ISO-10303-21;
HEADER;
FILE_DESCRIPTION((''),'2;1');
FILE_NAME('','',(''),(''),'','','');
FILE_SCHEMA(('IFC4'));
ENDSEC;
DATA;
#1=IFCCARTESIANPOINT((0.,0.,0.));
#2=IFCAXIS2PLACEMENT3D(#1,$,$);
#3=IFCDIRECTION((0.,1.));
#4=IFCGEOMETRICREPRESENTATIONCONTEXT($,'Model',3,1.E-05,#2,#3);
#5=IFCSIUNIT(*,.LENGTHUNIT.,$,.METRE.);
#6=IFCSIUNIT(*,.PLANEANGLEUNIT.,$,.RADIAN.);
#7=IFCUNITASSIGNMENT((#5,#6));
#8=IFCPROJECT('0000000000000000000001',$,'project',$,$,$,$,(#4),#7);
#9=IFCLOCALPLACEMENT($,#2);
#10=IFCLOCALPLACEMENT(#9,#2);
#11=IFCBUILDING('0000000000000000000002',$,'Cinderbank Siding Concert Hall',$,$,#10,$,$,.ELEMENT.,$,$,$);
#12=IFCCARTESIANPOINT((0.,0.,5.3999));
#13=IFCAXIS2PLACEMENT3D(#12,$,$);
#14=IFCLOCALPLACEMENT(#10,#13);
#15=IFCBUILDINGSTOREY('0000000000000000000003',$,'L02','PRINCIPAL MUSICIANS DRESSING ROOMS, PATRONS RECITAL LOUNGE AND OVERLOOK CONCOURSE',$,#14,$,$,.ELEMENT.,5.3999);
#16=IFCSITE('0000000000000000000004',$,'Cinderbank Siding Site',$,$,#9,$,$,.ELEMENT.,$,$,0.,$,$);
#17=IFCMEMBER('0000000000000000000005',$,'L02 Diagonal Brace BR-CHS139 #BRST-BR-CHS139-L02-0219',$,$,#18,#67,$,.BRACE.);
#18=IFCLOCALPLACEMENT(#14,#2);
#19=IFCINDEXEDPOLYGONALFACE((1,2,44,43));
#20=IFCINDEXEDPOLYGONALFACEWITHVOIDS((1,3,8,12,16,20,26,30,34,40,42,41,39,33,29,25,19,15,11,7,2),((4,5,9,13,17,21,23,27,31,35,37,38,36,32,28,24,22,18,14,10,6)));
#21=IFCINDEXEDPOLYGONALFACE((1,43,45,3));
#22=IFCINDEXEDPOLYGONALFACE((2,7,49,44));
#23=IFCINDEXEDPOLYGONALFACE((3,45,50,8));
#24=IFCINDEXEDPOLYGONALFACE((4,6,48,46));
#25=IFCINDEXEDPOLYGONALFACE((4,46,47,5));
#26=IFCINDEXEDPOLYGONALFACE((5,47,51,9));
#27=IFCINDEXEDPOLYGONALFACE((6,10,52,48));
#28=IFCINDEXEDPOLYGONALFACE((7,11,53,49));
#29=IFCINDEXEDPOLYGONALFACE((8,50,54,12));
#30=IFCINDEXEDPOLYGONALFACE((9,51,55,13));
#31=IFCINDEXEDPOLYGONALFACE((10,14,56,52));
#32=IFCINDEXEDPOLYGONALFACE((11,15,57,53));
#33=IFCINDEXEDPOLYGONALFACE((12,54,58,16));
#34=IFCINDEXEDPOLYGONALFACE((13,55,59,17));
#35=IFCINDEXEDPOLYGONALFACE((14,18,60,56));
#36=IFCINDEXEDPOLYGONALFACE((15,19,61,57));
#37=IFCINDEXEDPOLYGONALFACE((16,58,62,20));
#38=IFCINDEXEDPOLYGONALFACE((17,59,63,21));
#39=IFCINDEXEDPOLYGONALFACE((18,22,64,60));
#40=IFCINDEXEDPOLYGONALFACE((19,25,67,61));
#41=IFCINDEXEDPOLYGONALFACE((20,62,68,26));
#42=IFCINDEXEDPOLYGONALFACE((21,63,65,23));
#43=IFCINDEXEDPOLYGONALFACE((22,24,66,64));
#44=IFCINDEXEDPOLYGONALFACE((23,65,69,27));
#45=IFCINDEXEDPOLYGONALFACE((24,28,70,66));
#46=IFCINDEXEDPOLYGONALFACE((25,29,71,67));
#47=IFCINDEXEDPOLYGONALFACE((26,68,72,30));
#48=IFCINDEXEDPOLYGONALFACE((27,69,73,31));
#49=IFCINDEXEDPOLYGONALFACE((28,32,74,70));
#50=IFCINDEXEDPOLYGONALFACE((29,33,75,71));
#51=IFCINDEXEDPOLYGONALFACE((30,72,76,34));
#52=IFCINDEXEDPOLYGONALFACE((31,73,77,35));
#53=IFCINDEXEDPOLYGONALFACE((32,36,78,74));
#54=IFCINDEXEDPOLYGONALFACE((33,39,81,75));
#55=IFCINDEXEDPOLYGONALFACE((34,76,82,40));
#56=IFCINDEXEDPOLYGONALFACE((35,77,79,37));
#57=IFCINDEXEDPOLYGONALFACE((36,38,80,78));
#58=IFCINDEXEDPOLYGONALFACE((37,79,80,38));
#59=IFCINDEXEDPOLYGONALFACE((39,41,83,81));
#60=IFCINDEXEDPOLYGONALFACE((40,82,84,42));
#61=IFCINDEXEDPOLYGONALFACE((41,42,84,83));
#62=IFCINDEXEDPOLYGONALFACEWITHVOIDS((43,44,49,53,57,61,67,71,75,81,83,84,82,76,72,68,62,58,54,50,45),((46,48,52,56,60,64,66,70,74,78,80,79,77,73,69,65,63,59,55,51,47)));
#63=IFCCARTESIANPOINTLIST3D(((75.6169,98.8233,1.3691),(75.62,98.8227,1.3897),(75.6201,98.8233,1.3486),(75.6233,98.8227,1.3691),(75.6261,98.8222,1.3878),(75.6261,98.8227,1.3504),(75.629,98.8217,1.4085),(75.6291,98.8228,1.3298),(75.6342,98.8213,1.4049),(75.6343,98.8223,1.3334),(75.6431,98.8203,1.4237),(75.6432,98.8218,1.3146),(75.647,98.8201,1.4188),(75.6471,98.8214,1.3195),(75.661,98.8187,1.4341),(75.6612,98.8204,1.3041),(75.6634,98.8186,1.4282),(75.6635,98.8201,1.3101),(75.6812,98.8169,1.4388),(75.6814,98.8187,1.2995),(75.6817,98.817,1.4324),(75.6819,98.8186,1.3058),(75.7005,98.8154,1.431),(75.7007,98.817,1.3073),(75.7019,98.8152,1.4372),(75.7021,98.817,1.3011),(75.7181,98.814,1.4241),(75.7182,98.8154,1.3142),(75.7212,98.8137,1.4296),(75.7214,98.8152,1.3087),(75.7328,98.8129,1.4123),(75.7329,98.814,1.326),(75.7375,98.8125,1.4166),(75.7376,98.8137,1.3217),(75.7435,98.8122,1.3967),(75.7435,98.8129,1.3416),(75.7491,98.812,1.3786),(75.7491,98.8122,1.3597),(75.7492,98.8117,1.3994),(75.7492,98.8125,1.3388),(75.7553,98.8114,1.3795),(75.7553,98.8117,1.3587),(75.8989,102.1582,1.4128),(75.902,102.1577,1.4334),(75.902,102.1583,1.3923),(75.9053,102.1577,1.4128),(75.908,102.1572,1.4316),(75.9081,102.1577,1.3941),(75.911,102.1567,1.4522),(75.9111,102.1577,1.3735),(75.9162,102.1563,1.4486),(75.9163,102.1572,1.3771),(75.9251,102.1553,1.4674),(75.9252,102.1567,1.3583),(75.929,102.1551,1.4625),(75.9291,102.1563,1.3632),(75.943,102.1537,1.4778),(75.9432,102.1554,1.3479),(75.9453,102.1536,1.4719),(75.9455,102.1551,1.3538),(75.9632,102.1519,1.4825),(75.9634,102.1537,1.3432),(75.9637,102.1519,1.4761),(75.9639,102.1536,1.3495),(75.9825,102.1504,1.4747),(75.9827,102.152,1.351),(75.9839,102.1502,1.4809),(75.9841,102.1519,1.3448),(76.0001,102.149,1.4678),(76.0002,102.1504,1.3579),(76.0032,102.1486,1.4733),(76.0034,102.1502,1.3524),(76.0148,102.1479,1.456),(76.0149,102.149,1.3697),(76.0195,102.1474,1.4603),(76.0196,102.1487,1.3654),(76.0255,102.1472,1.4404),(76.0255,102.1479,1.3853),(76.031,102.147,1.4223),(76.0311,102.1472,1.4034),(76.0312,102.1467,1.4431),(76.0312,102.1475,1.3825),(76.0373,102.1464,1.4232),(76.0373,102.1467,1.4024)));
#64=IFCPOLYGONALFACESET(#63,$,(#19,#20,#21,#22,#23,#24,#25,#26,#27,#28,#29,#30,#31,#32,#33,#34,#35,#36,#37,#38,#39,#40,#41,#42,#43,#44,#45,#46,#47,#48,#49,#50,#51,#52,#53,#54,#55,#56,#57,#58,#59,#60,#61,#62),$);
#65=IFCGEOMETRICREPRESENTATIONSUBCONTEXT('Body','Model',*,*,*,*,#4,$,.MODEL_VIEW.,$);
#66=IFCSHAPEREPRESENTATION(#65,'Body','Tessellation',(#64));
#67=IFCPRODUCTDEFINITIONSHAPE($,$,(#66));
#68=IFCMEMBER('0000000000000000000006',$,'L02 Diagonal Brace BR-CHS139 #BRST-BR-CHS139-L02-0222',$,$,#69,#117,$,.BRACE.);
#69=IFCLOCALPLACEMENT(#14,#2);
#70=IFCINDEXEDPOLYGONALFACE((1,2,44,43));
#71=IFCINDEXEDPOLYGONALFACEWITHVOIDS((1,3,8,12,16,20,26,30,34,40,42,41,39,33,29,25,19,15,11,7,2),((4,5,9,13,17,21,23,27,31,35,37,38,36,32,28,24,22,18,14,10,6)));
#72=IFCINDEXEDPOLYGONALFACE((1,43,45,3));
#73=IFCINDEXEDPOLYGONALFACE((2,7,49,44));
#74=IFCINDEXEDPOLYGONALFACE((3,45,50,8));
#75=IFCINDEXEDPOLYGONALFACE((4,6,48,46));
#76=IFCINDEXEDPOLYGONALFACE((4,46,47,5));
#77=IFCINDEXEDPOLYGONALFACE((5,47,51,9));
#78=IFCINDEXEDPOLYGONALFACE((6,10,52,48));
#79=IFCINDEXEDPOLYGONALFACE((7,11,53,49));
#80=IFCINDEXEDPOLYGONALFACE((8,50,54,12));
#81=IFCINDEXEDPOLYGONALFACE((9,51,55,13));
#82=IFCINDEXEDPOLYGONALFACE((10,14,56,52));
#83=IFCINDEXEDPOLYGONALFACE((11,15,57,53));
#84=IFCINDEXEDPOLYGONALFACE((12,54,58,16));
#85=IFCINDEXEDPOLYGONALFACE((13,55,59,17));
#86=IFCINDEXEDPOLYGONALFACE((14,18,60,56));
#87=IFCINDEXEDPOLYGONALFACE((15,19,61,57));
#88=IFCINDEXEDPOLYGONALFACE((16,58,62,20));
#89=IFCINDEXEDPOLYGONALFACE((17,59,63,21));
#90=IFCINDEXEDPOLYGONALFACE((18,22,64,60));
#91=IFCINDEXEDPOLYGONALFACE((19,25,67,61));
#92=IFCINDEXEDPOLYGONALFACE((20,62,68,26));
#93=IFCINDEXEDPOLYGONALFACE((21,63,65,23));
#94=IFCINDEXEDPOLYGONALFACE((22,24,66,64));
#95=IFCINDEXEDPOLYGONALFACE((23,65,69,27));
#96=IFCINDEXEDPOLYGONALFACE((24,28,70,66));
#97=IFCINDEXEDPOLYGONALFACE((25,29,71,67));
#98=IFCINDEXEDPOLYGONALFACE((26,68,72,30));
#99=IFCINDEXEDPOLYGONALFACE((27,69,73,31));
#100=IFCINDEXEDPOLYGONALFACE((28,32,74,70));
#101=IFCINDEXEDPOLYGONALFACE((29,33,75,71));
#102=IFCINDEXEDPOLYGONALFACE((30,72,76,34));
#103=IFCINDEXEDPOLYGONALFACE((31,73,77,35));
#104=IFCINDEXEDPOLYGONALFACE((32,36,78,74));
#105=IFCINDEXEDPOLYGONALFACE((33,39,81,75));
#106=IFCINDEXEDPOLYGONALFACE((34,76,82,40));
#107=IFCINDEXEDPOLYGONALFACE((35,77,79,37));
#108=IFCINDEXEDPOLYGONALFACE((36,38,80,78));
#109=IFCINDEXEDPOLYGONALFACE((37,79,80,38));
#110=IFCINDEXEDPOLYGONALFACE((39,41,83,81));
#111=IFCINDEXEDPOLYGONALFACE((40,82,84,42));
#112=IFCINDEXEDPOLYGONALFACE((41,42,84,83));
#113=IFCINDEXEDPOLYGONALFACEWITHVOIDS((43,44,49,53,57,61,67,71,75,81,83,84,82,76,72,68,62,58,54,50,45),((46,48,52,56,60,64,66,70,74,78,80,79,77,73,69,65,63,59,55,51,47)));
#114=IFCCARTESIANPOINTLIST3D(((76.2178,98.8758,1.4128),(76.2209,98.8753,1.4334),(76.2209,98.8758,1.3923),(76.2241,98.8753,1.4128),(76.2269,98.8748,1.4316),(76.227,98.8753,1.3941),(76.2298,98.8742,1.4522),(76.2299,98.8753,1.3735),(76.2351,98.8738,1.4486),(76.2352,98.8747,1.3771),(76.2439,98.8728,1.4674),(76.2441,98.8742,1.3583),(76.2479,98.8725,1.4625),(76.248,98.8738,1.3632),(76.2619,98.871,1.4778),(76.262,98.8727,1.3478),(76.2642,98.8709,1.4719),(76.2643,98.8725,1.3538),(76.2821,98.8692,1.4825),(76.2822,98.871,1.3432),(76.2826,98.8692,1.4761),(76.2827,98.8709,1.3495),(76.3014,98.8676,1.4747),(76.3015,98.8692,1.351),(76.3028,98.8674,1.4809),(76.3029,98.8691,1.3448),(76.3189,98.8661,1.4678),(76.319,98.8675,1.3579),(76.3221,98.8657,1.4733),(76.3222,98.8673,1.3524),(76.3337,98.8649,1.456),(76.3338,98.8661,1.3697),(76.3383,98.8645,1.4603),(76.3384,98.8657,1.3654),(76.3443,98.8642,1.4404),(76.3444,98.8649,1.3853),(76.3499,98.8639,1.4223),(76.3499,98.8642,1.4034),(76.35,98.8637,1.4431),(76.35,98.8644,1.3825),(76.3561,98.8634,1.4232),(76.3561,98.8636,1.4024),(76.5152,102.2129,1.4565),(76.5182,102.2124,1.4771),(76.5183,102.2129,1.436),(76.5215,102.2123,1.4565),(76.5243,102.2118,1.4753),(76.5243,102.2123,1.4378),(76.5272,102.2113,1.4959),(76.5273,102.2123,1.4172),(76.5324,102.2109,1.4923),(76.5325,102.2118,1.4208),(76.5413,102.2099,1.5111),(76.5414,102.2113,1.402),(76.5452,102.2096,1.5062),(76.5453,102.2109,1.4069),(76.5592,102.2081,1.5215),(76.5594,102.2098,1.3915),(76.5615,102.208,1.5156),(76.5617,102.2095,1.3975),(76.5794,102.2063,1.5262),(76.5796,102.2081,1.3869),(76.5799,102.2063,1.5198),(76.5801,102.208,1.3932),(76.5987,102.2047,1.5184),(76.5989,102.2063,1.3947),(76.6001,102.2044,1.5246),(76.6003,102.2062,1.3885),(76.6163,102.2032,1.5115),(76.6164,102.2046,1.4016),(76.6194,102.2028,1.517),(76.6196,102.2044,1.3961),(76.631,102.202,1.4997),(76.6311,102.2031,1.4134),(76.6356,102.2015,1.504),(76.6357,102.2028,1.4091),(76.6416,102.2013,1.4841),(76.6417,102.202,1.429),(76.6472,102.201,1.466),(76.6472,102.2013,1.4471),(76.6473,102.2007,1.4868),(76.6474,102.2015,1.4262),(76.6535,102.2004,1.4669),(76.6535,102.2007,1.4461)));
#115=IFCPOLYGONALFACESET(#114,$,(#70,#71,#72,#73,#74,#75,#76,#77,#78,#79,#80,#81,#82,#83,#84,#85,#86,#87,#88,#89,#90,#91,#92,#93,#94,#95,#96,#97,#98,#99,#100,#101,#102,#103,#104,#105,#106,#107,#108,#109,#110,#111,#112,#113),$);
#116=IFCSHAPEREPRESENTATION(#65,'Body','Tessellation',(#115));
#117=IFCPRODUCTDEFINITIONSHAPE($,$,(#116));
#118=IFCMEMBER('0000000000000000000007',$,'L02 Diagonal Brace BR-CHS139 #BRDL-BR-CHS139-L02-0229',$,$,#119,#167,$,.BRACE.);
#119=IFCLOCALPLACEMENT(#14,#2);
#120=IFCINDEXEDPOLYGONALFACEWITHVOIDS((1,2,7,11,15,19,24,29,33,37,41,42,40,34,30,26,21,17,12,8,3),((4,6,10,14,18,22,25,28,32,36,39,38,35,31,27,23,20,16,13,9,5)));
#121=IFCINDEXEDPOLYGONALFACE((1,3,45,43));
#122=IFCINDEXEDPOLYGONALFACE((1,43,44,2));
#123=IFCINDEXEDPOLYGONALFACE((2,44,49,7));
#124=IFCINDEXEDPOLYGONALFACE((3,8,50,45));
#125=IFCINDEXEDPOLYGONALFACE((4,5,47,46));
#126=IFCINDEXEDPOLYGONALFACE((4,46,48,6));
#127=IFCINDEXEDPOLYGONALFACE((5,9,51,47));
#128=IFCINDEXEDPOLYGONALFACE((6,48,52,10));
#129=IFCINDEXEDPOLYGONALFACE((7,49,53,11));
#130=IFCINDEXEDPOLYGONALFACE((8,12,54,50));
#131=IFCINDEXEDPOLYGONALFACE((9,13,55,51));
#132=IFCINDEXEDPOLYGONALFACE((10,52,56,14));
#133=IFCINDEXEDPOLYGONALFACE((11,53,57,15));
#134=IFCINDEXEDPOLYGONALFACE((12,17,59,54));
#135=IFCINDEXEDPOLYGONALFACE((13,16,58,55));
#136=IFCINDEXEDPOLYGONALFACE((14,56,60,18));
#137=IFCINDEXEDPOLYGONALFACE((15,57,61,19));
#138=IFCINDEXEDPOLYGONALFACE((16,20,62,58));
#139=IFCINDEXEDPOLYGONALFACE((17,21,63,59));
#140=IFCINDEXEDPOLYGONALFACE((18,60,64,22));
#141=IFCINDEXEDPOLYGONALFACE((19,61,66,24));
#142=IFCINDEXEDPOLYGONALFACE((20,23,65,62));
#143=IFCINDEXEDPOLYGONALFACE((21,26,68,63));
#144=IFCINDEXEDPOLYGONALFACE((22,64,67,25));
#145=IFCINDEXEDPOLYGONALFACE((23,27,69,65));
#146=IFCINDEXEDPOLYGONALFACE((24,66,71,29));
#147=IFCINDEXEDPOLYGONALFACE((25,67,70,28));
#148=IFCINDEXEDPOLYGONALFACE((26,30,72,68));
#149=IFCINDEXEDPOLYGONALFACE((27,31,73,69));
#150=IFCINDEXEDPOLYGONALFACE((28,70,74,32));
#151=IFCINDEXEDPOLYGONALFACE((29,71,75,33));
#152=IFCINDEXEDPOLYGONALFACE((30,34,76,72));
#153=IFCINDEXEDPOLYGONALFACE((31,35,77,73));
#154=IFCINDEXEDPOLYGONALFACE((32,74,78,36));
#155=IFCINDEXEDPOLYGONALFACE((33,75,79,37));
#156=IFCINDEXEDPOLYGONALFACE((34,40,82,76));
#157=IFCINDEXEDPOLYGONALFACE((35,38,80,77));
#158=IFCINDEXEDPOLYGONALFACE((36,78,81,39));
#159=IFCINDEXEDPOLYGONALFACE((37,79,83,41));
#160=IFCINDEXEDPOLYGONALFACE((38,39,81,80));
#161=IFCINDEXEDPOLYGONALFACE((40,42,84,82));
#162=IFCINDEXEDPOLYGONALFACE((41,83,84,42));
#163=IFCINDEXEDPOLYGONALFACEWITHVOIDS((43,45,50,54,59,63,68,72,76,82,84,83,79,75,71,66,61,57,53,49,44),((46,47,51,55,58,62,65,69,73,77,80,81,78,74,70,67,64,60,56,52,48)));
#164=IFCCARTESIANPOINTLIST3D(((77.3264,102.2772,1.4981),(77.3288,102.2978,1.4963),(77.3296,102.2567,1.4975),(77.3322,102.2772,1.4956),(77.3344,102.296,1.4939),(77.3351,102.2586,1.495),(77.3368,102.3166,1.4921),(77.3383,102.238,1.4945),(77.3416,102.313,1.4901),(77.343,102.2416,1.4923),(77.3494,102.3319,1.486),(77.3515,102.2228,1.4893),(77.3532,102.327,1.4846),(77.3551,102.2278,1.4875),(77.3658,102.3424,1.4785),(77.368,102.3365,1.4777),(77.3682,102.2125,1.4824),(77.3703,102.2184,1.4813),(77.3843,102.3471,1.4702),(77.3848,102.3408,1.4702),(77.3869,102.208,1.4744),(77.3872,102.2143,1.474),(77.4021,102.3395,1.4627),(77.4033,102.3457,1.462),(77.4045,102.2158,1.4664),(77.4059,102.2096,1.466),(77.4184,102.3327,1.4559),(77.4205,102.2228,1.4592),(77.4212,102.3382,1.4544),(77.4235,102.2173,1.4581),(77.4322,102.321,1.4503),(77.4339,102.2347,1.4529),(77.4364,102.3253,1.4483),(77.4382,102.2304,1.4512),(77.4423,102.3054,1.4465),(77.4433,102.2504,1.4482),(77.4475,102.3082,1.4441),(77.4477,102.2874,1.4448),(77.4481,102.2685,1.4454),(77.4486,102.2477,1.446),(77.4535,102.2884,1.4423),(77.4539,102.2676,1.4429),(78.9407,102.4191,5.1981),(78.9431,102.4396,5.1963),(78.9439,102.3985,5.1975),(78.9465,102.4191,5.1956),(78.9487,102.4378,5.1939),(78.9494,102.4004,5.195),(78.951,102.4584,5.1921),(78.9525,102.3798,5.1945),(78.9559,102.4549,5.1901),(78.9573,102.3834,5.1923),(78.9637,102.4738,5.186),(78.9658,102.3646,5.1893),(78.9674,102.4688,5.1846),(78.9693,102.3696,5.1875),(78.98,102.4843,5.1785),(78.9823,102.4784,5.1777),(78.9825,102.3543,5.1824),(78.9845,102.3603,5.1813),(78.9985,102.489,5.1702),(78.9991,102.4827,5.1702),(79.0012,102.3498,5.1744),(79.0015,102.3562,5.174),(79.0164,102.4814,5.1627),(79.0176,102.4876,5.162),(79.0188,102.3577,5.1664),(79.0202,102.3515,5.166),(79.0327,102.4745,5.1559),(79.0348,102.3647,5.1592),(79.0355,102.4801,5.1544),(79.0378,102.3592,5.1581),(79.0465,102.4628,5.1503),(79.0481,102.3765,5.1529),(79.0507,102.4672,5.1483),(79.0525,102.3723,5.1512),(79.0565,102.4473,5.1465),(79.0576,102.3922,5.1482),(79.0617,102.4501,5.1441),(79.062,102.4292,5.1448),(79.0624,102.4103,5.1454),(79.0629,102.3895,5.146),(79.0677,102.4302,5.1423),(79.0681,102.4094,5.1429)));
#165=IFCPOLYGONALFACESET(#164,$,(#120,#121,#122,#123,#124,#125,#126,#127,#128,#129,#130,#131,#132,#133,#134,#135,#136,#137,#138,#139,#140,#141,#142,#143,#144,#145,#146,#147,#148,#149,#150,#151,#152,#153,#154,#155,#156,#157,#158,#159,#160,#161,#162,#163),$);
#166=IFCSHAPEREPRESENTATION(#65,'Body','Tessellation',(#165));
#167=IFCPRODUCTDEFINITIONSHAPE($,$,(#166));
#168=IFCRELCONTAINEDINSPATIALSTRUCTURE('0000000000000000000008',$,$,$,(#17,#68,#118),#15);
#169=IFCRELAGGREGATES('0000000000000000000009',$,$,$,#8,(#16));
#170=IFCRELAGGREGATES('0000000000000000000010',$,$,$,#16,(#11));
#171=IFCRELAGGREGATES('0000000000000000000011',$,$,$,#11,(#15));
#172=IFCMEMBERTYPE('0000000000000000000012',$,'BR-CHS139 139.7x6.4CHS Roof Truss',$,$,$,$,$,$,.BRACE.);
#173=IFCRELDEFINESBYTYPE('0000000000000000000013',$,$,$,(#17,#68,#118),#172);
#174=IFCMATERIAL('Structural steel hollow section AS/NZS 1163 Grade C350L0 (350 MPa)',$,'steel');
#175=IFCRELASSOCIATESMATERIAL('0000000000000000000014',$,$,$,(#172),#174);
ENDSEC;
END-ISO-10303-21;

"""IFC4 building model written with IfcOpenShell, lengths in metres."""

from ifc_helpers import new_model, si_unit, direction, frame, origin, origin_2d, place, context, subcontext, project, spatial, hollow_circle, extrude, material, material_profile, profile_set, type_object, element, save


model = new_model("IFC4")

# Units and contexts
model_context = context("Model", 3, precision=1e-05, world=origin(), true_north=direction((0.0, 1.0)))
body_context = subcontext(model_context, "Body", "Model", "MODEL_VIEW")
ifc_project = project(units=[si_unit("LENGTHUNIT", "METRE"), si_unit("PLANEANGLEUNIT", "RADIAN")], contexts=[model_context])

# Site, building, storey
site_placement = place(None, origin())
site = spatial("IfcSite", under=ifc_project, at=site_placement, Name="Cinderbank Siding Site", CompositionType="ELEMENT", RefElevation=0.0)
building_placement = place(site_placement, origin())
building = spatial("IfcBuilding", under=site, at=building_placement, Name="Cinderbank Siding Concert Hall", CompositionType="ELEMENT")
storey_placement = place(building_placement, frame((0.0, 0.0, 5.3999)))
storey = spatial("IfcBuildingStorey", under=building, at=storey_placement, Name="L02", Description="PRINCIPAL MUSICIANS DRESSING ROOMS, PATRONS RECITAL LOUNGE AND OVERLOOK CONCOURSE", CompositionType="ELEMENT", Elevation=5.3999)

# Shared definitions
ifc_material_1 = material(Name="Structural steel hollow section AS/NZS 1163 Grade C350L0 (350 MPa)", Category="steel")

# Members
ifc_material_profile_1 = material_profile(ifc_material_1, hollow_circle(Radius=0.0698, WallThickness=0.0063, at=origin_2d()), Name="139.7x6.4CHS", Category="LoadBearing")
ifc_profile_set_1 = profile_set([ifc_material_profile_1], Name="Structural steel hollow section AS/NZS 1163 Grade C350L0 (350 MPa)")
member_type_1 = type_object("IfcMemberType", Name="BR-CHS139 139.7x6.4CHS Roof Truss", PredefinedType="BRACE", material=ifc_profile_set_1)
member_1_placement = place(storey_placement, frame((75.6865, 98.8174, 1.3691), z_axis=(0.084246, 0.996359, 0.013056), x_axis=(-0.996444, 0.084253, 0.0)))
element("IfcMember", 1, at=member_1_placement, inside=storey, type_object=member_type_1, Name="L02 Diagonal Brace BR-CHS139 #BRST-BR-CHS139-L02-0219", PredefinedType="BRACE", context=body_context, shape_type="SweptSolid", body=[
    extrude(hollow_circle(Radius=0.0698, WallThickness=0.0063, at=origin_2d()), origin(), (0.0, 0.0, 1.0), 3.3472),
])
member_2_placement = place(storey_placement, frame((76.2874, 98.8696, 1.4128), z_axis=(0.088748, 0.995969, 0.013043), x_axis=(-0.996053, 0.088755, 0.0)))
element("IfcMember", 2, at=member_2_placement, inside=storey, type_object=member_type_1, Name="L02 Diagonal Brace BR-CHS139 #BRST-BR-CHS139-L02-0222", PredefinedType="BRACE", context=body_context, shape_type="SweptSolid", body=[
    extrude(hollow_circle(Radius=0.0698, WallThickness=0.0063, at=origin_2d()), origin(), (0.0, 0.0, 1.0), 3.3506),
])
member_3_placement = place(storey_placement, frame((77.3904, 102.2776, 1.4702), z_axis=(0.399642, 0.035117, 0.915998), x_axis=(-0.087533, 0.996162, 0.0)))
element("IfcMember", 3, at=member_3_placement, inside=storey, type_object=member_type_1, Name="L02 Diagonal Brace BR-CHS139 #BRDL-BR-CHS139-L02-0229", PredefinedType="BRACE", context=body_context, shape_type="SweptSolid", body=[
    extrude(hollow_circle(Radius=0.0698, WallThickness=0.0063, at=origin_2d()), origin(), (0.0, 0.0, 1.0), 4.0393),
])

save(model, "model.ifc")
